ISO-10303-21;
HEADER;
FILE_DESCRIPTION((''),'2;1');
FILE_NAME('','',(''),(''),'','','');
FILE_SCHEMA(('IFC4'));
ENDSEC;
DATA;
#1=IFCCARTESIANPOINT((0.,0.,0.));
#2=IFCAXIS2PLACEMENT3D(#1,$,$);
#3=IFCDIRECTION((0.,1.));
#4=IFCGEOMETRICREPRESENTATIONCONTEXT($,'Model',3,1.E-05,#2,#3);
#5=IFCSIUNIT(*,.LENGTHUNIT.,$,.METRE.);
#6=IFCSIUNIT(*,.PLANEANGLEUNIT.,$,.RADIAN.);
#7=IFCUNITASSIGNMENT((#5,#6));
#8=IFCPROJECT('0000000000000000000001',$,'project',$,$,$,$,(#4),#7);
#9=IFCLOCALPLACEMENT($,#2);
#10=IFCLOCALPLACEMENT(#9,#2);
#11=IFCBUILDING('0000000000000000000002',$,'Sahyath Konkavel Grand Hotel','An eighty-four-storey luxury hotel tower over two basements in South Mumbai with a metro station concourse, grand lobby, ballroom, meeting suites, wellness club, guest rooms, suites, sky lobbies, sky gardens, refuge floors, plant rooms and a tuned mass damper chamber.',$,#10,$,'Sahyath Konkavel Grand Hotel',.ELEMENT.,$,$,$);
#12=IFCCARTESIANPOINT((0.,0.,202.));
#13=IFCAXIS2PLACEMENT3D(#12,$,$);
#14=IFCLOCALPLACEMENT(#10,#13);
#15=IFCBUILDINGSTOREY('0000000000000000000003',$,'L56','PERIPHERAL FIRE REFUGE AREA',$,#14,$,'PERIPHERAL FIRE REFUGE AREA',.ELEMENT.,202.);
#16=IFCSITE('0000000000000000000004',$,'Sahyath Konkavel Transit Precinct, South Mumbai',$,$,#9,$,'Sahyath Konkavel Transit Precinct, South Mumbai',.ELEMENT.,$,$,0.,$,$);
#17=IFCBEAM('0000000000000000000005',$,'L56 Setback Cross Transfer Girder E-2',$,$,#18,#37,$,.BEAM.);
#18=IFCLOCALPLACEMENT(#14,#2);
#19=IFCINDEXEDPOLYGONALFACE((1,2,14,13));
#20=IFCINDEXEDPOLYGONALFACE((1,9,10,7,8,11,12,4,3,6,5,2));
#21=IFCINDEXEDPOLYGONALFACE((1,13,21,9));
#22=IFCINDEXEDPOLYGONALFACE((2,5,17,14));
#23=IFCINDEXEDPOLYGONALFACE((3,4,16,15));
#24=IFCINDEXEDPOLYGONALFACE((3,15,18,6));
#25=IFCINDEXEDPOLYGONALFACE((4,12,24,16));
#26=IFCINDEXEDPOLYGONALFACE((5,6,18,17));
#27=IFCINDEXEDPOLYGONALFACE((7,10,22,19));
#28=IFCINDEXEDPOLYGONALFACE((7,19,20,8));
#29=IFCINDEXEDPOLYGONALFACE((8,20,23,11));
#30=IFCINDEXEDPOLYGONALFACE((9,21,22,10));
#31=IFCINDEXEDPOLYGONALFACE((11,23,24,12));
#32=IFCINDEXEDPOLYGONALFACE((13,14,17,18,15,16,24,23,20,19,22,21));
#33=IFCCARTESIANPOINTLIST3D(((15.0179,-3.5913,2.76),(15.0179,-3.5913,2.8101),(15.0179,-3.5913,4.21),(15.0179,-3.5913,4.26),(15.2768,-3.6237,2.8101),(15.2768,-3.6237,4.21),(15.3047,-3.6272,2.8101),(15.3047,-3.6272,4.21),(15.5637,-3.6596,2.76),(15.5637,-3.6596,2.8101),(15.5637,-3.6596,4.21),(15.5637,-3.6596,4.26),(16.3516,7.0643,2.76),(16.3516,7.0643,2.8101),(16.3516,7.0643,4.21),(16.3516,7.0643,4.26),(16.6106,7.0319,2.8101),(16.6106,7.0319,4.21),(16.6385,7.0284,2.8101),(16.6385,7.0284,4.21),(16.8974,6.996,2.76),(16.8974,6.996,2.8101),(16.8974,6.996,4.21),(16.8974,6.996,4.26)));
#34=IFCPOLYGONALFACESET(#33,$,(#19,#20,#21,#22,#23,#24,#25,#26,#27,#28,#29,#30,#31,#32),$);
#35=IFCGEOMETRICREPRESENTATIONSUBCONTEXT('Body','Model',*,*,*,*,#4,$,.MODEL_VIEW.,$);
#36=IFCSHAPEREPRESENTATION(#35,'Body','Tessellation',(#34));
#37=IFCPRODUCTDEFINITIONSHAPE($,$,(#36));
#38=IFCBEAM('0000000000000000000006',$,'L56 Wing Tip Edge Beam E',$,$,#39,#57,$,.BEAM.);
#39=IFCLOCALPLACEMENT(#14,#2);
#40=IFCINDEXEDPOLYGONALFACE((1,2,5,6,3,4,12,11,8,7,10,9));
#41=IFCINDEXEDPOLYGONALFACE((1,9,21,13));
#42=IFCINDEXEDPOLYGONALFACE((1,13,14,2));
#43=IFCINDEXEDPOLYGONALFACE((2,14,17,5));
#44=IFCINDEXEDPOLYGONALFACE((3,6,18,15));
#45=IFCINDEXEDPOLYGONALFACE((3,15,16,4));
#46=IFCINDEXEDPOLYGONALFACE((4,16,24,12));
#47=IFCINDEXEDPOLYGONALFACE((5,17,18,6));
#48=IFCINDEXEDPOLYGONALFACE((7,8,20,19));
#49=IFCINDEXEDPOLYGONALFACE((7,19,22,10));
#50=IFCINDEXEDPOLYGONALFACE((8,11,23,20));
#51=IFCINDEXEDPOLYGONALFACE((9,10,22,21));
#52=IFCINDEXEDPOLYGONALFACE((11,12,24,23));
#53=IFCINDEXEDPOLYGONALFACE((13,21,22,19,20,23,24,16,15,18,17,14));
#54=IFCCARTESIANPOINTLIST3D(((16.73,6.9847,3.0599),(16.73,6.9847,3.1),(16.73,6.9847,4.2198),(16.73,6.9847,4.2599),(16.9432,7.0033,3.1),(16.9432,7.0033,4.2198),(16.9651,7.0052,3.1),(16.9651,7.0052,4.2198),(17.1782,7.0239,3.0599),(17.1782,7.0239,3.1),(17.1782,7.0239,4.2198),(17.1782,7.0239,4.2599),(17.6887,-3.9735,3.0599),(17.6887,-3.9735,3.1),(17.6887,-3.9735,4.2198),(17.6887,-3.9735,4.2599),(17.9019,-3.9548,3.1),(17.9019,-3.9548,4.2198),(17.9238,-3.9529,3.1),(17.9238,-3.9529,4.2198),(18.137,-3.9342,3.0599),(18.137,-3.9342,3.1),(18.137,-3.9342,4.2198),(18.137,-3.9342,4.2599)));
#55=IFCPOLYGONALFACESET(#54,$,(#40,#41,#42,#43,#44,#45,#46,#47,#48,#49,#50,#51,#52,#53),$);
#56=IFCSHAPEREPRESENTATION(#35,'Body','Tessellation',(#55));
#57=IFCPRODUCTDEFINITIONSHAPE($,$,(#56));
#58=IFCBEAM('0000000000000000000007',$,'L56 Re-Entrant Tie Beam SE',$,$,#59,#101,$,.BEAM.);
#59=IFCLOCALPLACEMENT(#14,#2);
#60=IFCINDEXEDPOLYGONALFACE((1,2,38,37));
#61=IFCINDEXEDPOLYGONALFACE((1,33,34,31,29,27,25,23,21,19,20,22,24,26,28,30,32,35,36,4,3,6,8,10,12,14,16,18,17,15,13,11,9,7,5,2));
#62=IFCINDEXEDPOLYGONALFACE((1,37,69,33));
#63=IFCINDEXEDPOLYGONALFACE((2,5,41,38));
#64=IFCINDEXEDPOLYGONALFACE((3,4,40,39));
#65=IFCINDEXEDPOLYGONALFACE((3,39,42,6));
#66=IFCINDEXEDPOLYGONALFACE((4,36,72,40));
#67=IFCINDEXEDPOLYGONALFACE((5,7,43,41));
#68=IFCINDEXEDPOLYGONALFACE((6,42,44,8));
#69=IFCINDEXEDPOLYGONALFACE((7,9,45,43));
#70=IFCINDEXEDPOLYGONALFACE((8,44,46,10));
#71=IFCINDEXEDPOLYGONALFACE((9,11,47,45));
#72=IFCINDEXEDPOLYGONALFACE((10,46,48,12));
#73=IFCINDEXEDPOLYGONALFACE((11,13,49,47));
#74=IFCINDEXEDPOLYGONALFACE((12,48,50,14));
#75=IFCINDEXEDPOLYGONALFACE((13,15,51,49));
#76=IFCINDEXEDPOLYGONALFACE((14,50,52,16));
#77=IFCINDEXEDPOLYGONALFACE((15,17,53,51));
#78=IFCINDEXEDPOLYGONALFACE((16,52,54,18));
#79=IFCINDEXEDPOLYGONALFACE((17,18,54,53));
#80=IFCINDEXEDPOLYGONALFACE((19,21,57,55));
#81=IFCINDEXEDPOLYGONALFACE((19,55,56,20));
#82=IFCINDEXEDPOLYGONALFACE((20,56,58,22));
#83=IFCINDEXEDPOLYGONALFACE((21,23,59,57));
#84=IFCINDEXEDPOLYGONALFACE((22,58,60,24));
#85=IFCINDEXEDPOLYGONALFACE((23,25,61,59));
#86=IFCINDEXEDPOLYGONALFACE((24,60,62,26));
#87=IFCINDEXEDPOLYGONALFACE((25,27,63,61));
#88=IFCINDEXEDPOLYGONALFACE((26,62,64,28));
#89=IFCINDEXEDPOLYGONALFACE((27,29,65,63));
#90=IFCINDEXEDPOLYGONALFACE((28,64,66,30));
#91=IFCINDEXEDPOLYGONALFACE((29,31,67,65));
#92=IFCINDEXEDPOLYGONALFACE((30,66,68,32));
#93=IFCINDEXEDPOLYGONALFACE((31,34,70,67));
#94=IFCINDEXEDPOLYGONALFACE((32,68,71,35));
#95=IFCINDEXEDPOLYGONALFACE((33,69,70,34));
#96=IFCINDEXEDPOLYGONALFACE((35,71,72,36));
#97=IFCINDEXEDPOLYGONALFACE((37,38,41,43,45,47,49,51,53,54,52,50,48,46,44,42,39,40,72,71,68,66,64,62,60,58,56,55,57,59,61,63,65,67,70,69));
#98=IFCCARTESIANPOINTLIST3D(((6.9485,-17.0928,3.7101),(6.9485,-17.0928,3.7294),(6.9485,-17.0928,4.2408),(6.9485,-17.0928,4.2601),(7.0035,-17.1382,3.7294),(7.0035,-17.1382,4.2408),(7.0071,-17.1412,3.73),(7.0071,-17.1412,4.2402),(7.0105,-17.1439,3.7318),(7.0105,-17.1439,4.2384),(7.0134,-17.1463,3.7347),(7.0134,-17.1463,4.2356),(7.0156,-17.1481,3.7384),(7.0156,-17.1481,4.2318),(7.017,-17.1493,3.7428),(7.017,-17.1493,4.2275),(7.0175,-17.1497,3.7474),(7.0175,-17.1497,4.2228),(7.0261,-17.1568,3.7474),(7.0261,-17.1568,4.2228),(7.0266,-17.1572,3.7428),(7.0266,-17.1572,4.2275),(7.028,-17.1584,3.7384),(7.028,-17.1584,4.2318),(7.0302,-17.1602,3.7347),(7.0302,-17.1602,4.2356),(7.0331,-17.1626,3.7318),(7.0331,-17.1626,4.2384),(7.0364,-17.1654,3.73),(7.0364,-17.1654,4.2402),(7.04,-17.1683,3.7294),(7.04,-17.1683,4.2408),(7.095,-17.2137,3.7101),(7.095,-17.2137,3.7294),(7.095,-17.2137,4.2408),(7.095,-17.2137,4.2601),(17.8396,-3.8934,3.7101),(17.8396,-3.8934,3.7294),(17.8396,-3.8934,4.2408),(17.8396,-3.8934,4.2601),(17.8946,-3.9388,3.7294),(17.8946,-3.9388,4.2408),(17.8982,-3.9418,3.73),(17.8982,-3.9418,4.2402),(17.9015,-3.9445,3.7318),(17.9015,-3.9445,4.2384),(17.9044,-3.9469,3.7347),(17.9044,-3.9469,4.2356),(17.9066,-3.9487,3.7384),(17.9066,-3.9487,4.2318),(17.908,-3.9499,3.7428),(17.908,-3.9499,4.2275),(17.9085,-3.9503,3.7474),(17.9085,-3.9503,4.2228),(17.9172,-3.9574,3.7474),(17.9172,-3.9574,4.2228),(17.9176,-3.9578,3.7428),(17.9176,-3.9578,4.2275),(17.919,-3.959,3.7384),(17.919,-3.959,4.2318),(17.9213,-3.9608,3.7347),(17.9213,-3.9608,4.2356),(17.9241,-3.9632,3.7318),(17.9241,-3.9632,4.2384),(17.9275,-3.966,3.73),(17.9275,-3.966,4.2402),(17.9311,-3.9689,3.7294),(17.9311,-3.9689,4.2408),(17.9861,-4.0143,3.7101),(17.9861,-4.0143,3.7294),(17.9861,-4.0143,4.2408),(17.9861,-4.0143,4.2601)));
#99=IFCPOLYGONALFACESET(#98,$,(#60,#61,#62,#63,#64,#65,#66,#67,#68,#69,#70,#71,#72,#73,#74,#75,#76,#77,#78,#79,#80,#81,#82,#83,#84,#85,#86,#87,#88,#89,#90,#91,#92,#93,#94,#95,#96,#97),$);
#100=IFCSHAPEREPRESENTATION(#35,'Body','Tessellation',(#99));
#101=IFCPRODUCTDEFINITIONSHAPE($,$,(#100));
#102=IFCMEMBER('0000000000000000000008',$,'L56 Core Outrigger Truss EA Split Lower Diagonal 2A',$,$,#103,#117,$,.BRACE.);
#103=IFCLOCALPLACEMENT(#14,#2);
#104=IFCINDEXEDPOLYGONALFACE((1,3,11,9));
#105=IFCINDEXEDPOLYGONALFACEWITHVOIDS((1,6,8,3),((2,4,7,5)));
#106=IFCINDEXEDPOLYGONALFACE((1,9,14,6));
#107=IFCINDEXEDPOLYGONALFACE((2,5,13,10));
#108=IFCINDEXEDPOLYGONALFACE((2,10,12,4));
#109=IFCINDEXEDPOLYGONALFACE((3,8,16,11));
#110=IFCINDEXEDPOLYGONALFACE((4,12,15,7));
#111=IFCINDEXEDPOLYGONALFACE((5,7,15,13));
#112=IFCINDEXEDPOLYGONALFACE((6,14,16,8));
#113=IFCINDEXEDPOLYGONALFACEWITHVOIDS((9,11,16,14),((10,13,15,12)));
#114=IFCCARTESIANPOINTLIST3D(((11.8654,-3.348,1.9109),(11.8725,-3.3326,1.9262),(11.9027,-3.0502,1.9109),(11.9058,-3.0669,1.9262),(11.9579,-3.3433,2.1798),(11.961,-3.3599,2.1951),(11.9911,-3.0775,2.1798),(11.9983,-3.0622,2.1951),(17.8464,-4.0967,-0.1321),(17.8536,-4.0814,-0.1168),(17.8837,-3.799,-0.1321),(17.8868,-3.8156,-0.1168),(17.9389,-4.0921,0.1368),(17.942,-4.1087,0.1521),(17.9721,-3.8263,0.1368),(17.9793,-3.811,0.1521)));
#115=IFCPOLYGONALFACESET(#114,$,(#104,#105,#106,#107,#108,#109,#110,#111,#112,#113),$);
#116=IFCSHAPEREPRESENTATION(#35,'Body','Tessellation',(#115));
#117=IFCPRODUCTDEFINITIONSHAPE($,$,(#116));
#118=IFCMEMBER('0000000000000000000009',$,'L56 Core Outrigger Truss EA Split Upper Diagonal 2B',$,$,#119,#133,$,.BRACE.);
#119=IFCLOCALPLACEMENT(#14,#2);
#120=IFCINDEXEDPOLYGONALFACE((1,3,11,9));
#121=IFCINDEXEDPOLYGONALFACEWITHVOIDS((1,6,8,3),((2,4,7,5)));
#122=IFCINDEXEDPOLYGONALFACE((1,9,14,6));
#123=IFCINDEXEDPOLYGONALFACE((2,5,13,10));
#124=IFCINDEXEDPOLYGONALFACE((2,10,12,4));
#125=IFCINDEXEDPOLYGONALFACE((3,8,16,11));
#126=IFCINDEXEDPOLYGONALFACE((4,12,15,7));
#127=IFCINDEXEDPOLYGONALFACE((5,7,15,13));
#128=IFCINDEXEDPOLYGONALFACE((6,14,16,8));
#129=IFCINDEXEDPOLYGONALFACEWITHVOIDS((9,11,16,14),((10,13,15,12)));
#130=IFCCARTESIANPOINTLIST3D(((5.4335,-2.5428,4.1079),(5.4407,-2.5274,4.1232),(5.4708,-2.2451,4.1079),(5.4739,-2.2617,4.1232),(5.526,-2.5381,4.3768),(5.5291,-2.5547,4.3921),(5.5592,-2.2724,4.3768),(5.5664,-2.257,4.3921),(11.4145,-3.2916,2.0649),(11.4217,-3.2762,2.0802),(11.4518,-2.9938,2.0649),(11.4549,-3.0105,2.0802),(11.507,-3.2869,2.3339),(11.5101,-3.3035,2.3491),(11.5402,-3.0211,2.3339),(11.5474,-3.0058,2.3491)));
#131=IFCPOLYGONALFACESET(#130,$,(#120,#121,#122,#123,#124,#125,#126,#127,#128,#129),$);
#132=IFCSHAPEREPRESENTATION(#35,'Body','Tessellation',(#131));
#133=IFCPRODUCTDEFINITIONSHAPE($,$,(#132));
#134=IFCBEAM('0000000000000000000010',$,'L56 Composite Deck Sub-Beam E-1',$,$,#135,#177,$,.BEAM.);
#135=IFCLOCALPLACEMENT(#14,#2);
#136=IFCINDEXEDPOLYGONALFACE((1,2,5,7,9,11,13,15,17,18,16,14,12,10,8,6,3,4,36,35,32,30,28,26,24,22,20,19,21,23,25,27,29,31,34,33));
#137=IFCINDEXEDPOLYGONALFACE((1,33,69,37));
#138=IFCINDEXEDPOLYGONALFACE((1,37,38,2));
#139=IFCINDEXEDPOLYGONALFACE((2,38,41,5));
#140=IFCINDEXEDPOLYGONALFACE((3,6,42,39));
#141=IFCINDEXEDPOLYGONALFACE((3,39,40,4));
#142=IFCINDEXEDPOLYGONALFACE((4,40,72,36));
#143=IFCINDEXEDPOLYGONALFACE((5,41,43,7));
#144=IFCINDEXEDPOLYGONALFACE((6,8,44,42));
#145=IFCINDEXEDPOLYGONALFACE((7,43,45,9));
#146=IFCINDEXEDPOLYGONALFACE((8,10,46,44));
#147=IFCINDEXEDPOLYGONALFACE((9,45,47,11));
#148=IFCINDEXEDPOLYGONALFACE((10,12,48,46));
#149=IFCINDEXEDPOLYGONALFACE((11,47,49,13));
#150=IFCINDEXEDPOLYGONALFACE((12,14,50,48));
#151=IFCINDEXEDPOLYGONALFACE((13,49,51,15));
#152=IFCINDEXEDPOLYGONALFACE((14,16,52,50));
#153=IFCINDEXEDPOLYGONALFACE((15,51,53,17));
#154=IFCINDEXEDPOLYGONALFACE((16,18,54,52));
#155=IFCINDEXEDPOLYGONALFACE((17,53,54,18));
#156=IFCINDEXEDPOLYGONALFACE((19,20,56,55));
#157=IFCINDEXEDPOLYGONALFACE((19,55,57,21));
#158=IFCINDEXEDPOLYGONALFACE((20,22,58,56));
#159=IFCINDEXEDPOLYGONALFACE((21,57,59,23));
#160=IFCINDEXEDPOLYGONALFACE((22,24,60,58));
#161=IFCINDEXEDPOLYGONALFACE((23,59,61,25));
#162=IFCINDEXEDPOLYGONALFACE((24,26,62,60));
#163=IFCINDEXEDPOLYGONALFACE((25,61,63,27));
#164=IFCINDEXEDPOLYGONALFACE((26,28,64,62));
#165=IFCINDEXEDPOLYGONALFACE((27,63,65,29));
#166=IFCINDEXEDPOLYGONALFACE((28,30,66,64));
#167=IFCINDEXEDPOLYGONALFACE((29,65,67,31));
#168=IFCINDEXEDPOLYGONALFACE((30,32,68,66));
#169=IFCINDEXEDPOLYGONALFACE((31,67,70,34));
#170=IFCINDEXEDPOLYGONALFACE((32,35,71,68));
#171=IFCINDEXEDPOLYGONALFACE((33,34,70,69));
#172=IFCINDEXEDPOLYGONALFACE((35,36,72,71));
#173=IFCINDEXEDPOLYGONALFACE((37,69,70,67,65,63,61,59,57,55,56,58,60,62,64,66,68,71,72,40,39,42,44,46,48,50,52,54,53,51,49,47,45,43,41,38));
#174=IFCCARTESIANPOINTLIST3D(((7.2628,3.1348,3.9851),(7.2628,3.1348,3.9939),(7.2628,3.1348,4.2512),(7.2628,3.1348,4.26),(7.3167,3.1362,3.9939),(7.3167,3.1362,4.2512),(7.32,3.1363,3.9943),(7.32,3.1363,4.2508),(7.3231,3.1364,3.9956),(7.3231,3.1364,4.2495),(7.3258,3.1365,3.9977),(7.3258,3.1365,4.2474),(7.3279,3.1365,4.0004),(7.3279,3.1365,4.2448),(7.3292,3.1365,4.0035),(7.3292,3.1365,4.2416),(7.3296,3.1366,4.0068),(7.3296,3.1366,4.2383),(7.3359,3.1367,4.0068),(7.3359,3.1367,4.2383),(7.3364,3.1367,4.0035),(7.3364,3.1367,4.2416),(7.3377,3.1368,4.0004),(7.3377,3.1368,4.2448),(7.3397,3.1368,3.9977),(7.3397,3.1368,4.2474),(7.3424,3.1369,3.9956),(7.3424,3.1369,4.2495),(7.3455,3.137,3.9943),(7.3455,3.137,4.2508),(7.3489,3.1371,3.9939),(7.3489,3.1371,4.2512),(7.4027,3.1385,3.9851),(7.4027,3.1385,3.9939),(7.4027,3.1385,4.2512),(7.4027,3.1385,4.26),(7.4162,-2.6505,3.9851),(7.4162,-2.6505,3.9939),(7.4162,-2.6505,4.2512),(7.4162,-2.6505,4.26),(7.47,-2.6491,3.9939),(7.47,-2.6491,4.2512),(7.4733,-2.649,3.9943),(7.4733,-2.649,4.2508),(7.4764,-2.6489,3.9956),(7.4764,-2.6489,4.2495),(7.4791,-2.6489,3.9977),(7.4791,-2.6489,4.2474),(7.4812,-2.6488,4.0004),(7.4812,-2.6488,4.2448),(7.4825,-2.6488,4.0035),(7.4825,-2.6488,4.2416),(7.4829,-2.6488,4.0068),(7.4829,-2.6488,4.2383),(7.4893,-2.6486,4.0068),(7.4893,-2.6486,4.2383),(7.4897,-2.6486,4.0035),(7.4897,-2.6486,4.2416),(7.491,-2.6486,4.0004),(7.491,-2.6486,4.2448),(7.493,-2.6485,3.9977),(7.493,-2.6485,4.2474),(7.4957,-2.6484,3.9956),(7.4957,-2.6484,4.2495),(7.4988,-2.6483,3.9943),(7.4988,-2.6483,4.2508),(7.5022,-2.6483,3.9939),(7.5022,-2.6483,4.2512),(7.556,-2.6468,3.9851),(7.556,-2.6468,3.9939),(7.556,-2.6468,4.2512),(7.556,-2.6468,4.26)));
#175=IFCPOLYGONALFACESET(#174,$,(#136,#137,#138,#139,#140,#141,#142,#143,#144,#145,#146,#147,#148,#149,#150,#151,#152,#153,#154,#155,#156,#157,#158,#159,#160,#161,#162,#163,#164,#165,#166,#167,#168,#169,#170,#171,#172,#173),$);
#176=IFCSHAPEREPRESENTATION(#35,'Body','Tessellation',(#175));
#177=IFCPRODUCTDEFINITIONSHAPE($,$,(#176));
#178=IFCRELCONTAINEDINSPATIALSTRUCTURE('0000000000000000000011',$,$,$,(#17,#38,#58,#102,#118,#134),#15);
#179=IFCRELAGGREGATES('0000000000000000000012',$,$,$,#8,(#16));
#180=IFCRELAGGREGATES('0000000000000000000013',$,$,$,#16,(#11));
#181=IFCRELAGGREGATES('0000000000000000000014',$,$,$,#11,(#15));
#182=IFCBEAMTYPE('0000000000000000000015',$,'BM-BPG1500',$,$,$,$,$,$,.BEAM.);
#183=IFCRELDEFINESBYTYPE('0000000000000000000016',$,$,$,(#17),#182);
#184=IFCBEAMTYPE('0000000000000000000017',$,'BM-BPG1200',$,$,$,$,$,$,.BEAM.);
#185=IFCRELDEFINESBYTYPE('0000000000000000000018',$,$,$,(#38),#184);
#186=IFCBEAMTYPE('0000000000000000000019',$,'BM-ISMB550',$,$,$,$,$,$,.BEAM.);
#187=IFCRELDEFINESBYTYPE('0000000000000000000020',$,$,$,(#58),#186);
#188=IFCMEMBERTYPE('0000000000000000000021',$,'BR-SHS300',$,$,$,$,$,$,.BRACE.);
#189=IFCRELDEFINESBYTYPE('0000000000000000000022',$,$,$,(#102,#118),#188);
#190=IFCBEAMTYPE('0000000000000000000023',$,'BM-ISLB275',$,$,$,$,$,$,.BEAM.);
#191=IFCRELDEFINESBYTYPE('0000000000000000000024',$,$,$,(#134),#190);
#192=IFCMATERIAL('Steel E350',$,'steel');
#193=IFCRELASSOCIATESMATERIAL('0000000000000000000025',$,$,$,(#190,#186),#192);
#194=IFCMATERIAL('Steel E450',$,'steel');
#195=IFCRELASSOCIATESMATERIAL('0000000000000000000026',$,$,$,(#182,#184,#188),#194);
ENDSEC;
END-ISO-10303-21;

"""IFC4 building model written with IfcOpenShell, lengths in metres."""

from ifc_helpers import new_model, si_unit, direction, frame, origin, origin_2d, place, context, subcontext, project, spatial, hollow_rectangle, i_section, extrude, source, transform, mapped, material, material_profile, profile_set, type_object, element, save


model = new_model("IFC4")

# Units and contexts
model_context = context("Model", 3, precision=1e-05, world=origin(), true_north=direction((0.0, 1.0)))
body_context = subcontext(model_context, "Body", "Model", "MODEL_VIEW")
ifc_project = project(units=[si_unit("LENGTHUNIT", "METRE"), si_unit("PLANEANGLEUNIT", "RADIAN")], contexts=[model_context])

# Site, building, storey
site_placement = place(None, origin())
site = spatial("IfcSite", under=ifc_project, at=site_placement, Name="Sahyath Konkavel Transit Precinct, South Mumbai", LongName="Sahyath Konkavel Transit Precinct, South Mumbai", CompositionType="ELEMENT", RefElevation=0.0)
building_placement = place(site_placement, origin())
building = spatial("IfcBuilding", under=site, at=building_placement, Name="Sahyath Konkavel Grand Hotel", Description="An eighty-four-storey luxury hotel tower over two basements in South Mumbai with a metro station concourse, grand lobby, ballroom, meeting suites, wellness club, guest rooms, suites, sky lobbies, sky gardens, refuge floors, plant rooms and a tuned mass damper chamber.", LongName="Sahyath Konkavel Grand Hotel", CompositionType="ELEMENT")
storey_placement = place(building_placement, frame((0.0, 0.0, 202.0)))
storey = spatial("IfcBuildingStorey", under=building, at=storey_placement, Name="L56", Description="PERIPHERAL FIRE REFUGE AREA", LongName="PERIPHERAL FIRE REFUGE AREA", CompositionType="ELEMENT", Elevation=202.0)

# Beams
ifc_material_1 = material(Name="Steel E350", Category="steel")
ifc_material_profile_1 = material_profile(ifc_material_1, i_section(OverallWidth=0.1399, OverallDepth=0.2749, WebThickness=0.0063, FlangeThickness=0.0088, FilletRadius=0.0129, at=origin_2d()), Name="ISLB 275")
ifc_profile_set_1 = profile_set([ifc_material_profile_1], Name="Steel E350")
beam_type_1 = type_object("IfcBeamType", Name="BM-ISLB275", PredefinedType="BEAM", material=ifc_profile_set_1)
ifc_material_2 = material(Name="Steel E450", Category="steel")
ifc_material_profile_2 = material_profile(ifc_material_2, i_section(OverallWidth=0.55, OverallDepth=1.5, WebThickness=0.0281, FlangeThickness=0.05, at=origin_2d()), Name="BPG 1500x550")
ifc_profile_set_2 = profile_set([ifc_material_profile_2], Name="Steel E450")
beam_type_2 = type_object("IfcBeamType", Name="BM-BPG1500", PredefinedType="BEAM", material=ifc_profile_set_2)
shared_shape_1 = source(origin(), body_context, "Body", "SweptSolid", [
    extrude(i_section(OverallWidth=0.55, OverallDepth=1.5, WebThickness=0.0281, FlangeThickness=0.05, at=origin_2d()), origin(), (0.0, 0.0, 1.0), 10.7388),
])
beam_1_placement = place(storey_placement, frame((15.2908, -3.6255, 3.51), z_axis=(0.1242, 0.992257, 0.0), x_axis=(-0.992257, 0.1242, 0.0)))
element("IfcBeam", 1, at=beam_1_placement, inside=storey, type_object=beam_type_2, Name="L56 Setback Cross Transfer Girder E-2", PredefinedType="BEAM", context=body_context, shape_type="MappedRepresentation", body=[
    mapped(shared_shape_1, transform((0.0, 0.0, 0.0), scale=1.0)),
])
ifc_material_profile_3 = material_profile(ifc_material_2, i_section(OverallWidth=0.45, OverallDepth=1.2, WebThickness=0.022, FlangeThickness=0.04, at=origin_2d()), Name="BPG 1200x450")
ifc_profile_set_3 = profile_set([ifc_material_profile_3], Name="Steel E450")
beam_type_3 = type_object("IfcBeamType", Name="BM-BPG1200", PredefinedType="BEAM", material=ifc_profile_set_3)
shared_shape_2 = source(origin(), body_context, "Body", "SweptSolid", [
    extrude(i_section(OverallWidth=0.45, OverallDepth=1.2, WebThickness=0.022, FlangeThickness=0.04, at=origin_2d()), origin(), (0.0, 0.0, 1.0), 11.0),
])
beam_2_placement = place(storey_placement, frame((17.9128, -3.9539, 3.6599), z_axis=(-0.087157, 0.996195, 0.0), x_axis=(-0.996195, -0.087157, 0.0)))
element("IfcBeam", 2, at=beam_2_placement, inside=storey, type_object=beam_type_3, Name="L56 Wing Tip Edge Beam E", PredefinedType="BEAM", context=body_context, shape_type="MappedRepresentation", body=[
    mapped(shared_shape_2, transform((0.0, 0.0, 0.0), scale=1.0)),
])
ifc_material_profile_4 = material_profile(ifc_material_1, i_section(OverallWidth=0.1899, OverallDepth=0.55, WebThickness=0.0112, FlangeThickness=0.0193, FilletRadius=0.0181, at=origin_2d()), Name="ISMB 550")
ifc_profile_set_4 = profile_set([ifc_material_profile_4], Name="Steel E350")
beam_type_4 = type_object("IfcBeamType", Name="BM-ISMB550", PredefinedType="BEAM", material=ifc_profile_set_4)
shared_shape_3 = source(origin(), body_context, "Body", "SweptSolid", [
    extrude(i_section(OverallWidth=0.1899, OverallDepth=0.55, WebThickness=0.0112, FlangeThickness=0.0193, FilletRadius=0.0181, at=origin_2d()), origin(), (0.0, 0.0, 1.0), 17.1125),
])
beam_3_placement = place(storey_placement, frame((17.9128, -3.9539, 3.9851), z_axis=(-0.636437, -0.771329, 0.0), x_axis=(0.771329, -0.636437, 0.0)))
element("IfcBeam", 3, at=beam_3_placement, inside=storey, type_object=beam_type_4, Name="L56 Re-Entrant Tie Beam SE", PredefinedType="BEAM", context=body_context, shape_type="MappedRepresentation", body=[
    mapped(shared_shape_3, transform((0.0, 0.0, 0.0), scale=1.0)),
])

# Members
ifc_material_profile_5 = material_profile(ifc_material_2, hollow_rectangle(XDim=0.3, YDim=0.3, WallThickness=0.0161, at=origin_2d()), Name="SHS 300x300x16")
ifc_profile_set_5 = profile_set([ifc_material_profile_5], Name="Steel E450")
member_type = type_object("IfcMemberType", Name="BR-SHS300", PredefinedType="BRACE", material=ifc_profile_set_5)
shared_shape_4 = source(origin(), body_context, "Body", "SweptSolid", [
    extrude(hollow_rectangle(XDim=0.3, YDim=0.3, WallThickness=0.0161, at=origin_2d()), origin(), (0.0, 0.0, 1.0), 6.3645),
])
for number, where, z_axis, x_axis, name in (
    (4, (17.9128, -3.9539, 0.01), (-0.939744, 0.11765, 0.320997), (-0.124224, -0.992254, 0.0), "L56 Core Outrigger Truss EA Split Lower Diagonal 2A"),
    (5, (11.481, -3.1487, 2.207), (-0.939744, 0.11765, 0.320997), (-0.124224, -0.992254, 0.0), "L56 Core Outrigger Truss EA Split Upper Diagonal 2B"),
):
    element("IfcMember", number, at=place(storey_placement, frame(where, z_axis=z_axis, x_axis=x_axis)), inside=storey, type_object=member_type, Name=name, PredefinedType="BRACE", context=body_context, shape_type="MappedRepresentation", body=[
        mapped(shared_shape_4, transform((0.0, 0.0, 0.0), scale=1.0)),
    ])

# Beam
shared_shape_5 = source(origin(), body_context, "Body", "SweptSolid", [
    extrude(i_section(OverallWidth=0.1399, OverallDepth=0.2749, WebThickness=0.0063, FlangeThickness=0.0088, FilletRadius=0.0129, at=origin_2d()), origin(), (0.0, 0.0, 1.0), 5.7874),
])
beam_4_placement = place(storey_placement, frame((7.4861, -2.6487, 4.1226), z_axis=(-0.026492, 0.999649, 0.0), x_axis=(-0.999649, -0.026492, 0.0)))
element("IfcBeam", 6, at=beam_4_placement, inside=storey, type_object=beam_type_1, Name="L56 Composite Deck Sub-Beam E-1", PredefinedType="BEAM", context=body_context, shape_type="MappedRepresentation", body=[
    mapped(shared_shape_5, transform((0.0, 0.0, 0.0), scale=1.0)),
])

save(model, "model.ifc")
